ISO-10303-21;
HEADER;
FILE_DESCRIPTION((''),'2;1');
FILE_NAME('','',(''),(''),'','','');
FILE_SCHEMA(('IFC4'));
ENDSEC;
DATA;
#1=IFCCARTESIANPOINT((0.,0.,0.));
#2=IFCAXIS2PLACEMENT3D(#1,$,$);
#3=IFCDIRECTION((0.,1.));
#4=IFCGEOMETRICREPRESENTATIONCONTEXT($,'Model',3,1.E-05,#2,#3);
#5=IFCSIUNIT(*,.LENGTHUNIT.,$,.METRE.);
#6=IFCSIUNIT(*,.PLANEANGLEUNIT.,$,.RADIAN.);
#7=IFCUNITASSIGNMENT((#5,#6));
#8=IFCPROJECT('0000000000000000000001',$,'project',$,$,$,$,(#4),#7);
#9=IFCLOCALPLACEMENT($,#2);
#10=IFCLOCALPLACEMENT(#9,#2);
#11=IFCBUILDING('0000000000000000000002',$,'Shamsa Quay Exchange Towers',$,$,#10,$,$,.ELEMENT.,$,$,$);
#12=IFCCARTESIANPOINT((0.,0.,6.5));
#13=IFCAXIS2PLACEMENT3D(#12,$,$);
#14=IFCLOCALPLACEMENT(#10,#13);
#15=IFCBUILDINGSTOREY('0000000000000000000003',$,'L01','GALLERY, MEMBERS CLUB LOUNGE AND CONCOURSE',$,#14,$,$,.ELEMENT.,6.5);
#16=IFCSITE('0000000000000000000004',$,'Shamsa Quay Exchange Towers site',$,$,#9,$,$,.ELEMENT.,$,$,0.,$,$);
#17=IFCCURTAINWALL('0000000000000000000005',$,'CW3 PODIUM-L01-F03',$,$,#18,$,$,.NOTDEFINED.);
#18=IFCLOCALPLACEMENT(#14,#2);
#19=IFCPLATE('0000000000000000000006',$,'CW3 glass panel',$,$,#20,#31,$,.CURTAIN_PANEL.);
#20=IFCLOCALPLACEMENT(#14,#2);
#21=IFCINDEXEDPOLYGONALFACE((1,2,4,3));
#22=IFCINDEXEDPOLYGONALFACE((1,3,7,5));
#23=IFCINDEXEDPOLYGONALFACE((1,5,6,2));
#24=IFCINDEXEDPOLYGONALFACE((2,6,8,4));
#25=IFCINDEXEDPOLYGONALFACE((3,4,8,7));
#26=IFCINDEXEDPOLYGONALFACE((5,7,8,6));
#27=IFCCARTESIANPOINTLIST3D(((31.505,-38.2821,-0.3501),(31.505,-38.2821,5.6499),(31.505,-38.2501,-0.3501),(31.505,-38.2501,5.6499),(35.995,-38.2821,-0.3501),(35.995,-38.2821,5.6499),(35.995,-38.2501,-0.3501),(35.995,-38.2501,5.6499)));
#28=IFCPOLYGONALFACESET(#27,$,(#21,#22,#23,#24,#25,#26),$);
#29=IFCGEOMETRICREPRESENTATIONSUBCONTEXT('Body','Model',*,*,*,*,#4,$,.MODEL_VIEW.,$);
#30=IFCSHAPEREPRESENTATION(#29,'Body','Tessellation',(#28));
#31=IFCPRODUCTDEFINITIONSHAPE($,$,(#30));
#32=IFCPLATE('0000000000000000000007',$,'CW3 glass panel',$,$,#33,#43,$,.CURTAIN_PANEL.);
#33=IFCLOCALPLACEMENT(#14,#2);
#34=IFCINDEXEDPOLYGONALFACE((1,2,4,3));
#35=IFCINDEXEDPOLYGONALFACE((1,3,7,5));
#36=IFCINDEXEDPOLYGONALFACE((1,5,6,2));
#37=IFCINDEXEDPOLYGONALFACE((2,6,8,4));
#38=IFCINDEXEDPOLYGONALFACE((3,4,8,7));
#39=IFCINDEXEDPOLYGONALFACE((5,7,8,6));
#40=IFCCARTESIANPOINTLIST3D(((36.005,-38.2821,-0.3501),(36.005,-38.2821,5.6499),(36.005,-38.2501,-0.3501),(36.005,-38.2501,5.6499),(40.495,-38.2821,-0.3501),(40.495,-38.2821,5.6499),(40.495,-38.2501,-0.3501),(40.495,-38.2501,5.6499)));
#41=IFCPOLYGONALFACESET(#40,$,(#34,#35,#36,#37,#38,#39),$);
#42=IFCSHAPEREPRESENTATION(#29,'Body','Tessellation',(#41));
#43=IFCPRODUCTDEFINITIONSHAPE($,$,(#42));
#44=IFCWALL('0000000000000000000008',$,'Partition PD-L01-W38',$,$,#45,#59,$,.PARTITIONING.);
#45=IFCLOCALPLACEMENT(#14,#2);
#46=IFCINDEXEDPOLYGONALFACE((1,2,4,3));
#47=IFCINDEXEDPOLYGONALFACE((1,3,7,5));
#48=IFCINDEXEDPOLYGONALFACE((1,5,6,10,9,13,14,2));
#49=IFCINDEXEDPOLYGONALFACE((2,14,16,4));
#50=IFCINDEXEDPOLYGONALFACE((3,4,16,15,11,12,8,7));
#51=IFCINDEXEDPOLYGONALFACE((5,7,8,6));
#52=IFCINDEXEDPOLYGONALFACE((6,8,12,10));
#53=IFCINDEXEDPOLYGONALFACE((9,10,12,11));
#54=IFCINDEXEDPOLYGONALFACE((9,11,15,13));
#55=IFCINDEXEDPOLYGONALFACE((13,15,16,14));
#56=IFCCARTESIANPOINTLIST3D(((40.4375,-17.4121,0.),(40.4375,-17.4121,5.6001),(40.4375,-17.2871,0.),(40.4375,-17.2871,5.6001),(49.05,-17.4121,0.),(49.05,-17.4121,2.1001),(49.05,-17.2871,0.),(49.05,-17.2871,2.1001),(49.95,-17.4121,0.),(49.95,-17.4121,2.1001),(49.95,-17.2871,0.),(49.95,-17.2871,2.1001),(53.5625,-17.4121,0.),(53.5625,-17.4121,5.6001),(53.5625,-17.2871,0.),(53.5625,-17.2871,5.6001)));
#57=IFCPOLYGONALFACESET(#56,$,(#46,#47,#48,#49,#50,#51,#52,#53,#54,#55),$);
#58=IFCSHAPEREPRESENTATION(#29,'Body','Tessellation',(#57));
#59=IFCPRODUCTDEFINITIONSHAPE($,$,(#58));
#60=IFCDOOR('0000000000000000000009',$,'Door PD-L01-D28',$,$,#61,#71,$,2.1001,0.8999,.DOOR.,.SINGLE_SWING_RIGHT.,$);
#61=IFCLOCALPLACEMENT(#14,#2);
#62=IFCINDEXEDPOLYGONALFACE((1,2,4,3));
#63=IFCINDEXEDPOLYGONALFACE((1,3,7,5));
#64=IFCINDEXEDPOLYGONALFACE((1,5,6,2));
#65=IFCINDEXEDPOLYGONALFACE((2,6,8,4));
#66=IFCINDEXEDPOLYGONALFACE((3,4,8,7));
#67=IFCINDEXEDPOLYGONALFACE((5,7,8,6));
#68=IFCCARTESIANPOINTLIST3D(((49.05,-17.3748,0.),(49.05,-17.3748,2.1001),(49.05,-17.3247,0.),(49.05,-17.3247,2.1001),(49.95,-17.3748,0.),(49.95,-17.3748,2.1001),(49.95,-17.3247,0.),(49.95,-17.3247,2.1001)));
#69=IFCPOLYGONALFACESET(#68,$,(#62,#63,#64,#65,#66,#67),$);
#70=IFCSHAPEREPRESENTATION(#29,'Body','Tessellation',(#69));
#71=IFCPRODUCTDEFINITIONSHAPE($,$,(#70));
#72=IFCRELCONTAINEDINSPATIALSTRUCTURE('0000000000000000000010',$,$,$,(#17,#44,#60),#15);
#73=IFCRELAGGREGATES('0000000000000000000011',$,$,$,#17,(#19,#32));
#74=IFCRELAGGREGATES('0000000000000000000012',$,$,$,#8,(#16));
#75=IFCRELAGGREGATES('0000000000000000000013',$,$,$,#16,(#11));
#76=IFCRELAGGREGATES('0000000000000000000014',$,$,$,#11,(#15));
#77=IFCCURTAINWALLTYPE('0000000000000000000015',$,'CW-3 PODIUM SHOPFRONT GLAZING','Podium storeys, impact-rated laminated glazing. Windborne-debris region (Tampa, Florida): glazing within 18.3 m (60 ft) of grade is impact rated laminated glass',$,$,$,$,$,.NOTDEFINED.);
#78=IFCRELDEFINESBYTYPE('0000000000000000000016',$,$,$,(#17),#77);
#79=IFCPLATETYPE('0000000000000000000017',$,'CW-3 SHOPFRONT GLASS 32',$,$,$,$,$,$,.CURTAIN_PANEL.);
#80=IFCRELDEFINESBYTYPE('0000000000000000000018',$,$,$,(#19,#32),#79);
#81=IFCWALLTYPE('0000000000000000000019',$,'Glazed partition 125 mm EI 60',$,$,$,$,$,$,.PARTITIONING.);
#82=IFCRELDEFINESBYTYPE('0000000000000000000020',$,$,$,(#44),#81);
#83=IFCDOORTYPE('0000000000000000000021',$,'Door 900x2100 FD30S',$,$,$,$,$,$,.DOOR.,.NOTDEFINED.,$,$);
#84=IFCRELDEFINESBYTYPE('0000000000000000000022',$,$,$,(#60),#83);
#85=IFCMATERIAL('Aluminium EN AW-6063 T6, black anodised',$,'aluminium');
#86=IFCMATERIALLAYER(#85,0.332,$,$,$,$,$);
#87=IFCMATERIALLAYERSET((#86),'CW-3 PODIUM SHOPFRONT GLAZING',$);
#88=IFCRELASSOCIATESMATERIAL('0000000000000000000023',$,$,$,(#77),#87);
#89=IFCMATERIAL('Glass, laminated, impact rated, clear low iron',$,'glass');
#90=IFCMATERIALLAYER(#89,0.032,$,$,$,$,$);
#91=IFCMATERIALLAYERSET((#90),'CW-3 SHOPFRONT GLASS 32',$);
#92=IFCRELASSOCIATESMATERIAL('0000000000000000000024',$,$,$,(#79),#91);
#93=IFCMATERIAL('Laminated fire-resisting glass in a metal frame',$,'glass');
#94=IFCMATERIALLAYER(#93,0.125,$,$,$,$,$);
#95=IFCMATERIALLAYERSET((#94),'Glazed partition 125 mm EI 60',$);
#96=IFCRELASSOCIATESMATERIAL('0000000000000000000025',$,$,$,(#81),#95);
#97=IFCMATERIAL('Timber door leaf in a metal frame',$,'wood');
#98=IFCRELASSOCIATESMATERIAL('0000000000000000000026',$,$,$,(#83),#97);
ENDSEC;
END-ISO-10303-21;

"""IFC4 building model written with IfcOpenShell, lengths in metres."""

from ifc_helpers import new_model, si_unit, direction, frame, frame_2d, origin, origin_2d, place, context, subcontext, project, spatial, rectangle, extrude, material, layer, layer_set, type_object, element, fill, aggregate, save


model = new_model("IFC4")

# Units and contexts
model_context = context("Model", 3, precision=1e-05, world=origin(), true_north=direction((0.0, 1.0)))
body_context = subcontext(model_context, "Body", "Model", "MODEL_VIEW")
ifc_project = project(units=[si_unit("LENGTHUNIT", "METRE"), si_unit("PLANEANGLEUNIT", "RADIAN")], contexts=[model_context])

# Site, building, storey
site_placement = place(None, origin())
site = spatial("IfcSite", under=ifc_project, at=site_placement, Name="Shamsa Quay Exchange Towers site", CompositionType="ELEMENT", RefElevation=0.0)
building_placement = place(site_placement, origin())
building = spatial("IfcBuilding", under=site, at=building_placement, Name="Shamsa Quay Exchange Towers", CompositionType="ELEMENT")
storey_placement = place(building_placement, frame((0.0, 0.0, 6.5)))
storey = spatial("IfcBuildingStorey", under=building, at=storey_placement, Name="L01", Description="GALLERY, MEMBERS CLUB LOUNGE AND CONCOURSE", CompositionType="ELEMENT", Elevation=6.5)

# Curtain wall, plates
ifc_material_1 = material(Name="Aluminium EN AW-6063 T6, black anodised", Category="aluminium")
ifc_layer_1 = layer(ifc_material_1, 0.332)
ifc_layer_set_1 = layer_set([ifc_layer_1], Name="CW-3 PODIUM SHOPFRONT GLAZING")
curtain_wall_type = type_object("IfcCurtainWallType", Name="CW-3 PODIUM SHOPFRONT GLAZING", Description="Podium storeys, impact-rated laminated glazing. Windborne-debris region (Tampa, Florida): glazing within 18.3 m (60 ft) of grade is impact rated laminated glass", PredefinedType="NOTDEFINED", material=ifc_layer_set_1)
curtain_wall_placement = place(storey_placement, origin())
curtain_wall = element("IfcCurtainWall", 1, at=curtain_wall_placement, inside=storey, type_object=curtain_wall_type, Name="CW3 PODIUM-L01-F03", PredefinedType="NOTDEFINED")
ifc_material_2 = material(Name="Glass, laminated, impact rated, clear low iron", Category="glass")
ifc_layer_2 = layer(ifc_material_2, 0.032)
ifc_layer_set_2 = layer_set([ifc_layer_2], Name="CW-3 SHOPFRONT GLASS 32")
plate_type = type_object("IfcPlateType", Name="CW-3 SHOPFRONT GLASS 32", PredefinedType="CURTAIN_PANEL", material=ifc_layer_set_2)
plate_1_placement = place(storey_placement, frame((33.75, -38.2661, -0.3501)))
plate_1 = element("IfcPlate", 2, at=plate_1_placement, type_object=plate_type, Name="CW3 glass panel", PredefinedType="CURTAIN_PANEL", context=body_context, shape_type="SweptSolid", body=[
    extrude(rectangle(XDim=4.49, YDim=0.032, at=origin_2d()), origin(), (0.0, 0.0, 1.0), 6.0),
])
plate_2_placement = place(storey_placement, frame((38.25, -38.2661, -0.3501)))
plate_2 = element("IfcPlate", 3, at=plate_2_placement, type_object=plate_type, Name="CW3 glass panel", PredefinedType="CURTAIN_PANEL", context=body_context, shape_type="SweptSolid", body=[
    extrude(rectangle(XDim=4.49, YDim=0.032, at=origin_2d()), origin(), (0.0, 0.0, 1.0), 6.0),
])
aggregate(curtain_wall, [plate_1, plate_2])

# Wall, opening, door
ifc_material_3 = material(Name="Laminated fire-resisting glass in a metal frame", Category="glass")
ifc_layer_3 = layer(ifc_material_3, 0.125)
ifc_layer_set_3 = layer_set([ifc_layer_3], Name="Glazed partition 125 mm EI 60")
wall_type_1 = type_object("IfcWallType", Name="Glazed partition 125 mm EI 60", PredefinedType="PARTITIONING", material=ifc_layer_set_3)
wall_1_placement = place(storey_placement, frame((40.4375, -17.3496, 0.0)))
wall_1 = element("IfcWall", 4, at=wall_1_placement, inside=storey, type_object=wall_type_1, Name="Partition PD-L01-W38", PredefinedType="PARTITIONING", context=body_context, shape_type="SweptSolid", body=[
    extrude(rectangle(XDim=13.125, YDim=0.125, at=frame_2d((6.5625, 0.0))), origin(), (0.0, 0.0, 1.0), 5.6001),
])
opening_1_placement = place(wall_1_placement, frame((8.6125, 0.0, 0.0)))
opening_1 = element("IfcOpeningElement", 5, at=opening_1_placement, cuts=wall_1, PredefinedType="OPENING", context=body_context, shape_type="SweptSolid", body=[
    extrude(rectangle(XDim=0.8999, YDim=2.1001, at=frame_2d((0.45, 1.05))), frame((0.0, 0.0725, 0.0), z_axis=(0.0, -1.0, 0.0), x_axis=(1.0, 0.0, 0.0)), (0.0, 0.0, 1.0), 0.145),
])
ifc_material_4 = material(Name="Timber door leaf in a metal frame", Category="wood")
door_type_1 = type_object("IfcDoorType", Name="Door 900x2100 FD30S", OperationType="NOTDEFINED", PredefinedType="DOOR", material=ifc_material_4)
door_1_placement = place(opening_1_placement, origin())
door_1 = element("IfcDoor", 6, at=door_1_placement, inside=storey, type_object=door_type_1, Name="Door PD-L01-D28", OperationType="SINGLE_SWING_RIGHT", OverallHeight=2.1001, OverallWidth=0.8999, PredefinedType="DOOR", context=body_context, shape_type="SweptSolid", body=[
    extrude(rectangle(XDim=0.8999, YDim=2.1001, at=frame_2d((0.45, 1.05))), frame((0.0, 0.0249, 0.0), z_axis=(0.0, -1.0, 0.0), x_axis=(1.0, 0.0, 0.0)), (0.0, 0.0, 1.0), 0.05),
])
fill(opening_1, door_1)

save(model, "model.ifc")
